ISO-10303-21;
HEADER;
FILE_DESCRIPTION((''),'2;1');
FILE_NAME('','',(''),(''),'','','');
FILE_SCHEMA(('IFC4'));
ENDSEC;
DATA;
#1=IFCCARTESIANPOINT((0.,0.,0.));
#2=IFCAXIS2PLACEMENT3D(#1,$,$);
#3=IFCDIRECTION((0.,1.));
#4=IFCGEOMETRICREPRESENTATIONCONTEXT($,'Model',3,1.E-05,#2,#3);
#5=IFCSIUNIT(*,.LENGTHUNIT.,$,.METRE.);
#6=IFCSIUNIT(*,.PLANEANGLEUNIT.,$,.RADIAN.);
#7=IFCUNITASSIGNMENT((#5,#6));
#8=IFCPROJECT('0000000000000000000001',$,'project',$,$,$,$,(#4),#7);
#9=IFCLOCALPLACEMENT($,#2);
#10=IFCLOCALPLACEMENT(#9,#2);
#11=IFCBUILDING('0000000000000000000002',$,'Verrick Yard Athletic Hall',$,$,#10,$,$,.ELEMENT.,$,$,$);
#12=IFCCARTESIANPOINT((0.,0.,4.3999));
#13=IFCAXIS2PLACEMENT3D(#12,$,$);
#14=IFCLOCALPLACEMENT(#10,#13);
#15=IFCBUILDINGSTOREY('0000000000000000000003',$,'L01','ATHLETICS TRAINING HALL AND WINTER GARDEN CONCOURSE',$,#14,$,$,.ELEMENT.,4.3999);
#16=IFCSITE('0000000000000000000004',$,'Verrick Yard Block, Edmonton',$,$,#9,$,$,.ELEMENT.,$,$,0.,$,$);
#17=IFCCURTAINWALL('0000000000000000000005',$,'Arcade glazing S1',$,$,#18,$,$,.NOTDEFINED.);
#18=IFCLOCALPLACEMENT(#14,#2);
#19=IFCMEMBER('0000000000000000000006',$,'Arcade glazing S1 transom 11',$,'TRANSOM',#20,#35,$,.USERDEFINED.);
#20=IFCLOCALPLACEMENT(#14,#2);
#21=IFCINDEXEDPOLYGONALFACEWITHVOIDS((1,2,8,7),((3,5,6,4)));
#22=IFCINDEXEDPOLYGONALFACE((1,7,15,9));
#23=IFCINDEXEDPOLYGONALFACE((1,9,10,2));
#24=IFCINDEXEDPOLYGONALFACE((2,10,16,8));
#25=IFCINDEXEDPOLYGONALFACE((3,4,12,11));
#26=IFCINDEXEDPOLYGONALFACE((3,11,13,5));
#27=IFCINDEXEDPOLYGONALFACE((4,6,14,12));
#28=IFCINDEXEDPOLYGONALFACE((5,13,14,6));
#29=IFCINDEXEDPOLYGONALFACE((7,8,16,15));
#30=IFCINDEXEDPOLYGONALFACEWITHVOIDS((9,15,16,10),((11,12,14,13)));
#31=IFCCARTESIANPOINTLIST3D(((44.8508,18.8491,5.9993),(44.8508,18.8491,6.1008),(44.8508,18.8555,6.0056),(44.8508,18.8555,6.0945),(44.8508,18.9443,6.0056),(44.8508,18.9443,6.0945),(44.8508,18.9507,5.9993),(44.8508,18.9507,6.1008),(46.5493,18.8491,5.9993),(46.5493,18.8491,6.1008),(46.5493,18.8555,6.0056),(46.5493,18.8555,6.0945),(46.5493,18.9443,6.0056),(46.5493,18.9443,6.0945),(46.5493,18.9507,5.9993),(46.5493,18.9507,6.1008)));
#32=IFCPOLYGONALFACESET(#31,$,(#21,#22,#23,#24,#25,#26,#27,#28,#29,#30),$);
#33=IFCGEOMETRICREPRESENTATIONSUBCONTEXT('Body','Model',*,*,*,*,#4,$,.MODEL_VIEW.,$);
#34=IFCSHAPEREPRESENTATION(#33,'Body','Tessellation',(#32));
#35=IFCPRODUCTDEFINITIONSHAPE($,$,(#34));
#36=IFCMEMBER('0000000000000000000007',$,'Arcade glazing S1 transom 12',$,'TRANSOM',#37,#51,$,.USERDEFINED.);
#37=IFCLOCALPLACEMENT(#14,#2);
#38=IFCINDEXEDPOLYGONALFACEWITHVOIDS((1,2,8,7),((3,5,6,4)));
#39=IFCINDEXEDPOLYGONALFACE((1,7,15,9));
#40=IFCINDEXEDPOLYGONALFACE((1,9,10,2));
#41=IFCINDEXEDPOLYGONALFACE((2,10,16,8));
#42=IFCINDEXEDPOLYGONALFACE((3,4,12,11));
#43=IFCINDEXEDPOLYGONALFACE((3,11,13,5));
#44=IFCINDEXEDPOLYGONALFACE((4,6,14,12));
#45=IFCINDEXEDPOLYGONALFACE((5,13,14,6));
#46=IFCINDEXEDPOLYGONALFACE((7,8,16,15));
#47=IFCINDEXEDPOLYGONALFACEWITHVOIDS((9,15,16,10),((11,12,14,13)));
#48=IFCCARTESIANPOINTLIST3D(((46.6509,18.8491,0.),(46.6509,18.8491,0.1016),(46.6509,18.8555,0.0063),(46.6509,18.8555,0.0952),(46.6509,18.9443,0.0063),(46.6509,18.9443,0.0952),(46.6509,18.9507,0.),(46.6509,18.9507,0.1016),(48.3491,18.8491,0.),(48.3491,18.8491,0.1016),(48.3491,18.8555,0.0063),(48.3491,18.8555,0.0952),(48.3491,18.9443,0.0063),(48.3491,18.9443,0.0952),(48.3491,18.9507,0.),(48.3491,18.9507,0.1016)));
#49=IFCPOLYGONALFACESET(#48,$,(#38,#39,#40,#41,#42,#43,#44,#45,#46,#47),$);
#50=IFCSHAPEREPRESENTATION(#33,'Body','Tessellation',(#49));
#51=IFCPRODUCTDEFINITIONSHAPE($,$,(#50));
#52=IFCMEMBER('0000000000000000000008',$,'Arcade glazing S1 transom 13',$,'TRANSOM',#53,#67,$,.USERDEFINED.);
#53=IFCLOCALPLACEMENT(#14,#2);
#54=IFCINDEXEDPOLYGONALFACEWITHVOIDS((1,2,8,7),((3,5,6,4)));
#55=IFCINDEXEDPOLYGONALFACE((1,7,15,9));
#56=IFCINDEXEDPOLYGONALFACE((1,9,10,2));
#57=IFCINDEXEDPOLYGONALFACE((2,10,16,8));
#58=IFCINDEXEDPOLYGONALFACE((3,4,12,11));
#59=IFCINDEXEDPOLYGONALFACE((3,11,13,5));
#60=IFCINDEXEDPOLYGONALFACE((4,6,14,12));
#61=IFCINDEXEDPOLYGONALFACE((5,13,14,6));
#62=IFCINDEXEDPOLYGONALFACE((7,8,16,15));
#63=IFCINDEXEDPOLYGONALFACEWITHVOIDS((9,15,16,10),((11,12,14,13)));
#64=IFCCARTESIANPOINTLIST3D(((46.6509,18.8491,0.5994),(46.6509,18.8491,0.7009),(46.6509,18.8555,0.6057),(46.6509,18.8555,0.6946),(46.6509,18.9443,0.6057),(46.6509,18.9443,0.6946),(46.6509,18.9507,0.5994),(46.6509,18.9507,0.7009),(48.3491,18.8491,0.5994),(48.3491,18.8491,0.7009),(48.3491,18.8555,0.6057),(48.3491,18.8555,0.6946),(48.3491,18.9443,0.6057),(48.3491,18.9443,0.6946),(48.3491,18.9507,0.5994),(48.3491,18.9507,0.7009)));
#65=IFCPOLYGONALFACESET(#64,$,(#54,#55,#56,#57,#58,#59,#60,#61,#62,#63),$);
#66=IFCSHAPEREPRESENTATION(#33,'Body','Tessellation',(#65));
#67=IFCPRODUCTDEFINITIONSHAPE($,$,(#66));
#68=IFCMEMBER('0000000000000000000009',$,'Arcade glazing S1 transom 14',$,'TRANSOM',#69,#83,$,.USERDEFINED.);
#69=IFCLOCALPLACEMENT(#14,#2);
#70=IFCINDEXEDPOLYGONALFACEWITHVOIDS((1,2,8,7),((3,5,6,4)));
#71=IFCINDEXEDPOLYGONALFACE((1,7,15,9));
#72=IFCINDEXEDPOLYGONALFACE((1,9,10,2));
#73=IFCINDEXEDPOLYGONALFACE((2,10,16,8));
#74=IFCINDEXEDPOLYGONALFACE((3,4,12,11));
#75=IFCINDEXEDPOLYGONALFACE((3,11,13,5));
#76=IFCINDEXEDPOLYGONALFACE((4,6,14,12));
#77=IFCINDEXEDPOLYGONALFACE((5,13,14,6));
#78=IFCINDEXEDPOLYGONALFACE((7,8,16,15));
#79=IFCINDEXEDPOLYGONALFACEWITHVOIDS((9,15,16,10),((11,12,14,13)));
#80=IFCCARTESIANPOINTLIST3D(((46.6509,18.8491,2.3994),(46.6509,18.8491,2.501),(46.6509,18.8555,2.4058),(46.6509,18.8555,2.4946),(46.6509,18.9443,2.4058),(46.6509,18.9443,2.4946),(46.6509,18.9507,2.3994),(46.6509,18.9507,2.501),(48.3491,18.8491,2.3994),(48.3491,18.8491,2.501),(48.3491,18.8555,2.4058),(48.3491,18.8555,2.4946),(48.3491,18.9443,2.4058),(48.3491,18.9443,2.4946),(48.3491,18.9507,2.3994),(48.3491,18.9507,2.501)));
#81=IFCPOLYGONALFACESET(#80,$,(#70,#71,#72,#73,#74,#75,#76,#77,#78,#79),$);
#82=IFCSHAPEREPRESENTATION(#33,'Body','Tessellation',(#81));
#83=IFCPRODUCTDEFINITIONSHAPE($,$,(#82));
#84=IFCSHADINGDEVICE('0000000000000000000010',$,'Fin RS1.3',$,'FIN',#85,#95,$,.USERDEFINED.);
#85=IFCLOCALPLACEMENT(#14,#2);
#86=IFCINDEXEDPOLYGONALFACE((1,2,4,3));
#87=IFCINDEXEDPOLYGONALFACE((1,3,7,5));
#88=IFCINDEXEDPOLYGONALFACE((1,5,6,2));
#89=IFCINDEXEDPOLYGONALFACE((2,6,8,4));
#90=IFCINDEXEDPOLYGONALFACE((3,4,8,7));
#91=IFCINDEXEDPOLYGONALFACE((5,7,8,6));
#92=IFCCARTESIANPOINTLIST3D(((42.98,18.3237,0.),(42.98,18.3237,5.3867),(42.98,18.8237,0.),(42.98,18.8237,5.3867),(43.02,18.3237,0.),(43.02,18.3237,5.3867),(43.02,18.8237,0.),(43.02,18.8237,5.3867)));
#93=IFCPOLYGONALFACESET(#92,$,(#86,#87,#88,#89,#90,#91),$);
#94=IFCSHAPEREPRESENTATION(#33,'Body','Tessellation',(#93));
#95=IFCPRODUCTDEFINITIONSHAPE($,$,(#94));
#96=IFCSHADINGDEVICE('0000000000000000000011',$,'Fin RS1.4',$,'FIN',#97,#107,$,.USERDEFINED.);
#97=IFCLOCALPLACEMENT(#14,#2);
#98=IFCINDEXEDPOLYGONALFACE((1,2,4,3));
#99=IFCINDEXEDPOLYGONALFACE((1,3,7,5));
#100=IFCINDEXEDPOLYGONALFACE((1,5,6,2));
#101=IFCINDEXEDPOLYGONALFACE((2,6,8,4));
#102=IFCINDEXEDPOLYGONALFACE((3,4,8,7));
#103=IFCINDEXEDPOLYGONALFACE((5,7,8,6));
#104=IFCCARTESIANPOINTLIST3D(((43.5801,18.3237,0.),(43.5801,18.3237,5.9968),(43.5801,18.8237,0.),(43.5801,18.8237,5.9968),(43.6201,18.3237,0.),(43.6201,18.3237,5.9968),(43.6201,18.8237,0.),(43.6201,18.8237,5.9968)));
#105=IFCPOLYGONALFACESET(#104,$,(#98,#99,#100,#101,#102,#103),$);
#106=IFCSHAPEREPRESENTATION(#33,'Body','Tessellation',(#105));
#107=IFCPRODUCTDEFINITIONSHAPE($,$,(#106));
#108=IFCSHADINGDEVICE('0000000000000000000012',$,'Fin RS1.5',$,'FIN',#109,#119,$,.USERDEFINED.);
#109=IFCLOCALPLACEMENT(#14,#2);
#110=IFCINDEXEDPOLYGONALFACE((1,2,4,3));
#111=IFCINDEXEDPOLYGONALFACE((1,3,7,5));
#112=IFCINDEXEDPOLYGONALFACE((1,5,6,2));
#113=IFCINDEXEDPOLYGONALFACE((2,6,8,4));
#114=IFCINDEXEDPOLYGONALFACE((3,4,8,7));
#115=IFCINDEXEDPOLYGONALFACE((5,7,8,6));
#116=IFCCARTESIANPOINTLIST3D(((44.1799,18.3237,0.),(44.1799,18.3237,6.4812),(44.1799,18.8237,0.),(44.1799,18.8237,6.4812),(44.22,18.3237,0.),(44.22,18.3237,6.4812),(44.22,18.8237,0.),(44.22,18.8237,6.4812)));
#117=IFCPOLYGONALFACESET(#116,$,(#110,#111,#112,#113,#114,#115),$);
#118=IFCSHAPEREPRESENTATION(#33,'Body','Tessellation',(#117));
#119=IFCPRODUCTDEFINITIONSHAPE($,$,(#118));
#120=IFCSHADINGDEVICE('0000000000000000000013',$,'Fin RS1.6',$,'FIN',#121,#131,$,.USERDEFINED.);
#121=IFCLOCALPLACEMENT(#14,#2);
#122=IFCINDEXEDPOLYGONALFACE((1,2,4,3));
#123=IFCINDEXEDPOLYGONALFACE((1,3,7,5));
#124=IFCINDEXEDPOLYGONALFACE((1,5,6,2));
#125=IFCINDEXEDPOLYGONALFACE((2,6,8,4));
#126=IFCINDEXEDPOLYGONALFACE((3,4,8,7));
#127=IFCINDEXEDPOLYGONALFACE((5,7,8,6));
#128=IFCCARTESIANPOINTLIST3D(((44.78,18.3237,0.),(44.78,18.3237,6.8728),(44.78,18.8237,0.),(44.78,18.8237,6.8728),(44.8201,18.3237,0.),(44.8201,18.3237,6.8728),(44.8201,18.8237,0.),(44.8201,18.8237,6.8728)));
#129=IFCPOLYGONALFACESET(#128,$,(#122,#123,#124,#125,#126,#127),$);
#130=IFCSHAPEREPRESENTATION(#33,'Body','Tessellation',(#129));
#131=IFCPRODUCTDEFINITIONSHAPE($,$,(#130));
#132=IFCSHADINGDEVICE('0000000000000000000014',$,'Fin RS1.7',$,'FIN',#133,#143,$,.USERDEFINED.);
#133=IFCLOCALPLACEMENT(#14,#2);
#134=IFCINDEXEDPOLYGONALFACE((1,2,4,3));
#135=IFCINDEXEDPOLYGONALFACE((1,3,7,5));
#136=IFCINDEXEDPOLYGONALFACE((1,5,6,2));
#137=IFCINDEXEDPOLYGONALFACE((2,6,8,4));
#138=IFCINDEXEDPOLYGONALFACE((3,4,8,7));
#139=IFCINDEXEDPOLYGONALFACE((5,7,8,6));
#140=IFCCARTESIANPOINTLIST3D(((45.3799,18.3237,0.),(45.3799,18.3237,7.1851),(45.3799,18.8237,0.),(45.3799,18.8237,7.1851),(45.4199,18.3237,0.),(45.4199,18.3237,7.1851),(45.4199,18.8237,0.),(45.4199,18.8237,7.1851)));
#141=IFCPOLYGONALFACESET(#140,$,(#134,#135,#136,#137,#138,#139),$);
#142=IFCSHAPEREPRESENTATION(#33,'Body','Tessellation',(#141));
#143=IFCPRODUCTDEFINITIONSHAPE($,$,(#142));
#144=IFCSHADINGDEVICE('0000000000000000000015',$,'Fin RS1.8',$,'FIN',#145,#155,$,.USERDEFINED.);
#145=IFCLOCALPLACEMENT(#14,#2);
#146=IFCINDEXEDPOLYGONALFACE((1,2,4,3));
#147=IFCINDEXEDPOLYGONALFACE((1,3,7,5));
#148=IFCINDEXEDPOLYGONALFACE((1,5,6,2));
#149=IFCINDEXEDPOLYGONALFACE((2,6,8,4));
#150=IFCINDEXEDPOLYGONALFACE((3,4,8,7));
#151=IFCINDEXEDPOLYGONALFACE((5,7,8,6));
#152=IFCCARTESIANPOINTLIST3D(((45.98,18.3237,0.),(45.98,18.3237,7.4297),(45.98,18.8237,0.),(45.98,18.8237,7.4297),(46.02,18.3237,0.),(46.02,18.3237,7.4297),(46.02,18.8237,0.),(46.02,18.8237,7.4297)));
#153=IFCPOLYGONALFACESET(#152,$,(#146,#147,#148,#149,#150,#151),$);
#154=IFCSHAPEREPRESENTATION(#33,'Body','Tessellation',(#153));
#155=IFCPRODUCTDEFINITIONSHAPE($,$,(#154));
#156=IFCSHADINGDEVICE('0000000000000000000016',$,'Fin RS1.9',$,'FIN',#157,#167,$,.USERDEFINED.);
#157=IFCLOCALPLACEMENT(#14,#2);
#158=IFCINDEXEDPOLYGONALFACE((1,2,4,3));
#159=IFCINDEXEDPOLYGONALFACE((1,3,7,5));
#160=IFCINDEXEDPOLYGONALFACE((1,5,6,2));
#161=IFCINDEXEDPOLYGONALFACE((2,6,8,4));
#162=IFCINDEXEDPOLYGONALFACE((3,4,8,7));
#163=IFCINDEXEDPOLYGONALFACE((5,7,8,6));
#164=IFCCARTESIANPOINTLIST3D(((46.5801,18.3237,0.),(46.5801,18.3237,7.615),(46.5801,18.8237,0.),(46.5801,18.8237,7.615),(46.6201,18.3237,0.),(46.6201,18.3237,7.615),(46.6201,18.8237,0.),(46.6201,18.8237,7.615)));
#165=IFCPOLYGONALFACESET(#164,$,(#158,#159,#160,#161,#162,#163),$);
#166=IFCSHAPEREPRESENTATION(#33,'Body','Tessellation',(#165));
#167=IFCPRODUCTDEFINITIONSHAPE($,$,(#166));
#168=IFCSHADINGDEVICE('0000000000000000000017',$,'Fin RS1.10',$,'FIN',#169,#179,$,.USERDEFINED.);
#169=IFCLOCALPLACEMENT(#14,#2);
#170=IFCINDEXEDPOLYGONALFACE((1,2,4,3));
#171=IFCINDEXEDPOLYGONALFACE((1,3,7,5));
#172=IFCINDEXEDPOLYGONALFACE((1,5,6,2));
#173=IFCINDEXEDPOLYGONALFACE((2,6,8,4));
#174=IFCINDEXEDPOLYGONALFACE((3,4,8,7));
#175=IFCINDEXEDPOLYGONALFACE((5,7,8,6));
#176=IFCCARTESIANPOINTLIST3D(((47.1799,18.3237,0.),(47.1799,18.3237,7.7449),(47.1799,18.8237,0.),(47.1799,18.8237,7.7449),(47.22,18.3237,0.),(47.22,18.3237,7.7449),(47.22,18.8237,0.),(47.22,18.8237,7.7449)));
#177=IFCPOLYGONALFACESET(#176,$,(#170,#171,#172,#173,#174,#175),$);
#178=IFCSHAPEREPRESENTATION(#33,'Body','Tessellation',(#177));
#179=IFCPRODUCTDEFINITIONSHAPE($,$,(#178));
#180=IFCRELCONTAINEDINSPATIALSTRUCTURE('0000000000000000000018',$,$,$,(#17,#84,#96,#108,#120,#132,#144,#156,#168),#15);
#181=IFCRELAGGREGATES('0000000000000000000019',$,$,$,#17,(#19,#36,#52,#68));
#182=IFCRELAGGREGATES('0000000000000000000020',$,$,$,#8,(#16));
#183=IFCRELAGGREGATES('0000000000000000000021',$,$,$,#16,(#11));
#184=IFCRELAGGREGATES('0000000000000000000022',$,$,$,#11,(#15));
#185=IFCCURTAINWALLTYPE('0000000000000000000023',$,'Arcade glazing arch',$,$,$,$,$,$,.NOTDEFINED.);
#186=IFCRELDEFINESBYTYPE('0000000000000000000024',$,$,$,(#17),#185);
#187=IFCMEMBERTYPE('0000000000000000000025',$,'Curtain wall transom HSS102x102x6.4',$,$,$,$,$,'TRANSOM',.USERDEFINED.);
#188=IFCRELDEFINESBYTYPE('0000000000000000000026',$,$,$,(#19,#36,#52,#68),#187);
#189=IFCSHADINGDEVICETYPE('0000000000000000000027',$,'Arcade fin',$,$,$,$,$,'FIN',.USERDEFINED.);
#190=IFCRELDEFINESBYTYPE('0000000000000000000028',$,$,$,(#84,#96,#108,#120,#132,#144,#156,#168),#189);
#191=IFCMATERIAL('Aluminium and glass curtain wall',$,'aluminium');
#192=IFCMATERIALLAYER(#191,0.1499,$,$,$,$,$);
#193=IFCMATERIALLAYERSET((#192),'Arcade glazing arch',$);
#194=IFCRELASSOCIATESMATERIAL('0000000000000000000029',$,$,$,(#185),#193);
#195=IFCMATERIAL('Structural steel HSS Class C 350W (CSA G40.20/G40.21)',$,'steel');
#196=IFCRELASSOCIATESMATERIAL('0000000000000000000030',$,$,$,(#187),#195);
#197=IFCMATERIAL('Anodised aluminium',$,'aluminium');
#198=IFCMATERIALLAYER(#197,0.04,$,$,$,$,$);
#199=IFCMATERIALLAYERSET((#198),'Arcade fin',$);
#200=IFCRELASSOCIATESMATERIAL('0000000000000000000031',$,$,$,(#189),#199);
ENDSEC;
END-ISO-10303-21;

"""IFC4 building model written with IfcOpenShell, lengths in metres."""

from ifc_helpers import new_model, si_unit, direction, frame, origin, origin_2d, place, context, subcontext, project, spatial, polyline, hollow_rectangle, outline, extrude, material, layer, layer_set, material_profile, profile_set, type_object, element, aggregate, save


model = new_model("IFC4")

# Units and contexts
model_context = context("Model", 3, precision=1e-05, world=origin(), true_north=direction((0.0, 1.0)))
body_context = subcontext(model_context, "Body", "Model", "MODEL_VIEW")
ifc_project = project(units=[si_unit("LENGTHUNIT", "METRE"), si_unit("PLANEANGLEUNIT", "RADIAN")], contexts=[model_context])

# Site, building, storey
site_placement = place(None, origin())
site = spatial("IfcSite", under=ifc_project, at=site_placement, Name="Verrick Yard Block, Edmonton", CompositionType="ELEMENT", RefElevation=0.0)
building_placement = place(site_placement, origin())
building = spatial("IfcBuilding", under=site, at=building_placement, Name="Verrick Yard Athletic Hall", CompositionType="ELEMENT")
storey_placement = place(building_placement, frame((0.0, 0.0, 4.3999)))
storey = spatial("IfcBuildingStorey", under=building, at=storey_placement, Name="L01", Description="ATHLETICS TRAINING HALL AND WINTER GARDEN CONCOURSE", CompositionType="ELEMENT", Elevation=4.3999)

# Curtain wall, members
ifc_material_1 = material(Name="Aluminium and glass curtain wall", Category="aluminium")
ifc_layer_1 = layer(ifc_material_1, 0.1499)
ifc_layer_set_1 = layer_set([ifc_layer_1], Name="Arcade glazing arch")
curtain_wall_type = type_object("IfcCurtainWallType", Name="Arcade glazing arch", PredefinedType="NOTDEFINED", material=ifc_layer_set_1)
curtain_wall_placement = place(storey_placement, origin())
curtain_wall = element("IfcCurtainWall", 1, at=curtain_wall_placement, inside=storey, type_object=curtain_wall_type, Name="Arcade glazing S1", PredefinedType="NOTDEFINED")
ifc_material_2 = material(Name="Structural steel HSS Class C 350W (CSA G40.20/G40.21)", Category="steel")
ifc_material_profile_1 = material_profile(ifc_material_2, hollow_rectangle(XDim=0.1016, YDim=0.1016, WallThickness=0.0063, at=origin_2d()), Name="HSS102x102x6.4")
ifc_profile_set_1 = profile_set([ifc_material_profile_1], Name="Structural steel HSS Class C 350W (CSA G40.20/G40.21)")
member_type_1 = type_object("IfcMemberType", Name="Curtain wall transom HSS102x102x6.4", ElementType="TRANSOM", PredefinedType="USERDEFINED", material=ifc_profile_set_1)
member_1_placement = place(storey_placement, frame((44.8508, 18.8999, 6.05), z_axis=(1.0, 0.0, 0.0), x_axis=(0.0, 1.0, 0.0)))
member_1 = element("IfcMember", 2, at=member_1_placement, type_object=member_type_1, Name="Arcade glazing S1 transom 11", ObjectType="TRANSOM", PredefinedType="USERDEFINED", context=body_context, shape_type="SweptSolid", body=[
    extrude(hollow_rectangle(XDim=0.1016, YDim=0.1016, WallThickness=0.0063, at=origin_2d()), origin(), (0.0, 0.0, 1.0), 1.6985),
])
member_2_placement = place(storey_placement, frame((46.6509, 18.8999, 0.0508), z_axis=(1.0, 0.0, 0.0), x_axis=(0.0, 1.0, 0.0)))
member_2 = element("IfcMember", 3, at=member_2_placement, type_object=member_type_1, Name="Arcade glazing S1 transom 12", ObjectType="TRANSOM", PredefinedType="USERDEFINED", context=body_context, shape_type="SweptSolid", body=[
    extrude(hollow_rectangle(XDim=0.1016, YDim=0.1016, WallThickness=0.0063, at=origin_2d()), origin(), (0.0, 0.0, 1.0), 1.6982),
])
member_3_placement = place(storey_placement, frame((46.6509, 18.8999, 0.6501), z_axis=(1.0, 0.0, 0.0), x_axis=(0.0, 1.0, 0.0)))
member_3 = element("IfcMember", 4, at=member_3_placement, type_object=member_type_1, Name="Arcade glazing S1 transom 13", ObjectType="TRANSOM", PredefinedType="USERDEFINED", context=body_context, shape_type="SweptSolid", body=[
    extrude(hollow_rectangle(XDim=0.1016, YDim=0.1016, WallThickness=0.0063, at=origin_2d()), origin(), (0.0, 0.0, 1.0), 1.6982),
])
member_4_placement = place(storey_placement, frame((46.6509, 18.8999, 2.4502), z_axis=(1.0, 0.0, 0.0), x_axis=(0.0, 1.0, 0.0)))
member_4 = element("IfcMember", 5, at=member_4_placement, type_object=member_type_1, Name="Arcade glazing S1 transom 14", ObjectType="TRANSOM", PredefinedType="USERDEFINED", context=body_context, shape_type="SweptSolid", body=[
    extrude(hollow_rectangle(XDim=0.1016, YDim=0.1016, WallThickness=0.0063, at=origin_2d()), origin(), (0.0, 0.0, 1.0), 1.6982),
])
aggregate(curtain_wall, [member_1, member_2, member_3, member_4])

# Shading devices
ifc_material_3 = material(Name="Anodised aluminium", Category="aluminium")
ifc_layer_2 = layer(ifc_material_3, 0.04)
ifc_layer_set_2 = layer_set([ifc_layer_2], Name="Arcade fin")
shading_device_type = type_object("IfcShadingDeviceType", Name="Arcade fin", ElementType="FIN", PredefinedType="USERDEFINED", material=ifc_layer_set_2)
shading_device_1_placement = place(storey_placement, frame((43.0, 18.8237, 0.0), z_axis=(0.0, 0.0, 1.0), x_axis=(0.0, -1.0, 0.0)))
element("IfcShadingDevice", 6, at=shading_device_1_placement, inside=storey, type_object=shading_device_type, Name="Fin RS1.3", ObjectType="FIN", PredefinedType="USERDEFINED", context=body_context, shape_type="SweptSolid", body=[
    extrude(outline(polyline([(0.0, 0.0), (0.5, 0.0), (0.5, 5.3867), (0.0, 5.3867), (0.0, 0.0)])), frame((0.0, 0.02, 0.0), z_axis=(0.0, -1.0, 0.0), x_axis=(1.0, 0.0, 0.0)), (0.0, 0.0, 1.0), 0.04),
])
shading_device_2_placement = place(storey_placement, frame((43.6001, 18.8237, 0.0), z_axis=(0.0, 0.0, 1.0), x_axis=(0.0, -1.0, 0.0)))
element("IfcShadingDevice", 7, at=shading_device_2_placement, inside=storey, type_object=shading_device_type, Name="Fin RS1.4", ObjectType="FIN", PredefinedType="USERDEFINED", context=body_context, shape_type="SweptSolid", body=[
    extrude(outline(polyline([(0.0, 0.0), (0.5, 0.0), (0.5, 5.9968), (0.0, 5.9968), (0.0, 0.0)])), frame((0.0, 0.02, 0.0), z_axis=(0.0, -1.0, 0.0), x_axis=(1.0, 0.0, 0.0)), (0.0, 0.0, 1.0), 0.04),
])
shading_device_3_placement = place(storey_placement, frame((44.2, 18.8237, 0.0), z_axis=(0.0, 0.0, 1.0), x_axis=(0.0, -1.0, 0.0)))
element("IfcShadingDevice", 8, at=shading_device_3_placement, inside=storey, type_object=shading_device_type, Name="Fin RS1.5", ObjectType="FIN", PredefinedType="USERDEFINED", context=body_context, shape_type="SweptSolid", body=[
    extrude(outline(polyline([(0.0, 0.0), (0.5, 0.0), (0.5, 6.4812), (0.0, 6.4812), (0.0, 0.0)])), frame((0.0, 0.02, 0.0), z_axis=(0.0, -1.0, 0.0), x_axis=(1.0, 0.0, 0.0)), (0.0, 0.0, 1.0), 0.04),
])
shading_device_4_placement = place(storey_placement, frame((44.8, 18.8237, 0.0), z_axis=(0.0, 0.0, 1.0), x_axis=(0.0, -1.0, 0.0)))
element("IfcShadingDevice", 9, at=shading_device_4_placement, inside=storey, type_object=shading_device_type, Name="Fin RS1.6", ObjectType="FIN", PredefinedType="USERDEFINED", context=body_context, shape_type="SweptSolid", body=[
    extrude(outline(polyline([(0.0, 0.0), (0.5, 0.0), (0.5, 6.8728), (0.0, 6.8728), (0.0, 0.0)])), frame((0.0, 0.02, 0.0), z_axis=(0.0, -1.0, 0.0), x_axis=(1.0, 0.0, 0.0)), (0.0, 0.0, 1.0), 0.04),
])
shading_device_5_placement = place(storey_placement, frame((45.3999, 18.8237, 0.0), z_axis=(0.0, 0.0, 1.0), x_axis=(0.0, -1.0, 0.0)))
element("IfcShadingDevice", 10, at=shading_device_5_placement, inside=storey, type_object=shading_device_type, Name="Fin RS1.7", ObjectType="FIN", PredefinedType="USERDEFINED", context=body_context, shape_type="SweptSolid", body=[
    extrude(outline(polyline([(0.0, 0.0), (0.5, 0.0), (0.5, 7.1851), (0.0, 7.1851), (0.0, 0.0)])), frame((0.0, 0.02, 0.0), z_axis=(0.0, -1.0, 0.0), x_axis=(1.0, 0.0, 0.0)), (0.0, 0.0, 1.0), 0.04),
])
shading_device_6_placement = place(storey_placement, frame((46.0, 18.8237, 0.0), z_axis=(0.0, 0.0, 1.0), x_axis=(0.0, -1.0, 0.0)))
element("IfcShadingDevice", 11, at=shading_device_6_placement, inside=storey, type_object=shading_device_type, Name="Fin RS1.8", ObjectType="FIN", PredefinedType="USERDEFINED", context=body_context, shape_type="SweptSolid", body=[
    extrude(outline(polyline([(0.0, 0.0), (0.5, 0.0), (0.5, 7.4297), (0.0, 7.4297), (0.0, 0.0)])), frame((0.0, 0.02, 0.0), z_axis=(0.0, -1.0, 0.0), x_axis=(1.0, 0.0, 0.0)), (0.0, 0.0, 1.0), 0.04),
])
shading_device_7_placement = place(storey_placement, frame((46.6001, 18.8237, 0.0), z_axis=(0.0, 0.0, 1.0), x_axis=(0.0, -1.0, 0.0)))
element("IfcShadingDevice", 12, at=shading_device_7_placement, inside=storey, type_object=shading_device_type, Name="Fin RS1.9", ObjectType="FIN", PredefinedType="USERDEFINED", context=body_context, shape_type="SweptSolid", body=[
    extrude(outline(polyline([(0.0, 0.0), (0.5, 0.0), (0.5, 7.615), (0.0, 7.615), (0.0, 0.0)])), frame((0.0, 0.02, 0.0), z_axis=(0.0, -1.0, 0.0), x_axis=(1.0, 0.0, 0.0)), (0.0, 0.0, 1.0), 0.04),
])
shading_device_8_placement = place(storey_placement, frame((47.2, 18.8237, 0.0), z_axis=(0.0, 0.0, 1.0), x_axis=(0.0, -1.0, 0.0)))
element("IfcShadingDevice", 13, at=shading_device_8_placement, inside=storey, type_object=shading_device_type, Name="Fin RS1.10", ObjectType="FIN", PredefinedType="USERDEFINED", context=body_context, shape_type="SweptSolid", body=[
    extrude(outline(polyline([(0.0, 0.0), (0.5, 0.0), (0.5, 7.7449), (0.0, 7.7449), (0.0, 0.0)])), frame((0.0, 0.02, 0.0), z_axis=(0.0, -1.0, 0.0), x_axis=(1.0, 0.0, 0.0)), (0.0, 0.0, 1.0), 0.04),
])

save(model, "model.ifc")
